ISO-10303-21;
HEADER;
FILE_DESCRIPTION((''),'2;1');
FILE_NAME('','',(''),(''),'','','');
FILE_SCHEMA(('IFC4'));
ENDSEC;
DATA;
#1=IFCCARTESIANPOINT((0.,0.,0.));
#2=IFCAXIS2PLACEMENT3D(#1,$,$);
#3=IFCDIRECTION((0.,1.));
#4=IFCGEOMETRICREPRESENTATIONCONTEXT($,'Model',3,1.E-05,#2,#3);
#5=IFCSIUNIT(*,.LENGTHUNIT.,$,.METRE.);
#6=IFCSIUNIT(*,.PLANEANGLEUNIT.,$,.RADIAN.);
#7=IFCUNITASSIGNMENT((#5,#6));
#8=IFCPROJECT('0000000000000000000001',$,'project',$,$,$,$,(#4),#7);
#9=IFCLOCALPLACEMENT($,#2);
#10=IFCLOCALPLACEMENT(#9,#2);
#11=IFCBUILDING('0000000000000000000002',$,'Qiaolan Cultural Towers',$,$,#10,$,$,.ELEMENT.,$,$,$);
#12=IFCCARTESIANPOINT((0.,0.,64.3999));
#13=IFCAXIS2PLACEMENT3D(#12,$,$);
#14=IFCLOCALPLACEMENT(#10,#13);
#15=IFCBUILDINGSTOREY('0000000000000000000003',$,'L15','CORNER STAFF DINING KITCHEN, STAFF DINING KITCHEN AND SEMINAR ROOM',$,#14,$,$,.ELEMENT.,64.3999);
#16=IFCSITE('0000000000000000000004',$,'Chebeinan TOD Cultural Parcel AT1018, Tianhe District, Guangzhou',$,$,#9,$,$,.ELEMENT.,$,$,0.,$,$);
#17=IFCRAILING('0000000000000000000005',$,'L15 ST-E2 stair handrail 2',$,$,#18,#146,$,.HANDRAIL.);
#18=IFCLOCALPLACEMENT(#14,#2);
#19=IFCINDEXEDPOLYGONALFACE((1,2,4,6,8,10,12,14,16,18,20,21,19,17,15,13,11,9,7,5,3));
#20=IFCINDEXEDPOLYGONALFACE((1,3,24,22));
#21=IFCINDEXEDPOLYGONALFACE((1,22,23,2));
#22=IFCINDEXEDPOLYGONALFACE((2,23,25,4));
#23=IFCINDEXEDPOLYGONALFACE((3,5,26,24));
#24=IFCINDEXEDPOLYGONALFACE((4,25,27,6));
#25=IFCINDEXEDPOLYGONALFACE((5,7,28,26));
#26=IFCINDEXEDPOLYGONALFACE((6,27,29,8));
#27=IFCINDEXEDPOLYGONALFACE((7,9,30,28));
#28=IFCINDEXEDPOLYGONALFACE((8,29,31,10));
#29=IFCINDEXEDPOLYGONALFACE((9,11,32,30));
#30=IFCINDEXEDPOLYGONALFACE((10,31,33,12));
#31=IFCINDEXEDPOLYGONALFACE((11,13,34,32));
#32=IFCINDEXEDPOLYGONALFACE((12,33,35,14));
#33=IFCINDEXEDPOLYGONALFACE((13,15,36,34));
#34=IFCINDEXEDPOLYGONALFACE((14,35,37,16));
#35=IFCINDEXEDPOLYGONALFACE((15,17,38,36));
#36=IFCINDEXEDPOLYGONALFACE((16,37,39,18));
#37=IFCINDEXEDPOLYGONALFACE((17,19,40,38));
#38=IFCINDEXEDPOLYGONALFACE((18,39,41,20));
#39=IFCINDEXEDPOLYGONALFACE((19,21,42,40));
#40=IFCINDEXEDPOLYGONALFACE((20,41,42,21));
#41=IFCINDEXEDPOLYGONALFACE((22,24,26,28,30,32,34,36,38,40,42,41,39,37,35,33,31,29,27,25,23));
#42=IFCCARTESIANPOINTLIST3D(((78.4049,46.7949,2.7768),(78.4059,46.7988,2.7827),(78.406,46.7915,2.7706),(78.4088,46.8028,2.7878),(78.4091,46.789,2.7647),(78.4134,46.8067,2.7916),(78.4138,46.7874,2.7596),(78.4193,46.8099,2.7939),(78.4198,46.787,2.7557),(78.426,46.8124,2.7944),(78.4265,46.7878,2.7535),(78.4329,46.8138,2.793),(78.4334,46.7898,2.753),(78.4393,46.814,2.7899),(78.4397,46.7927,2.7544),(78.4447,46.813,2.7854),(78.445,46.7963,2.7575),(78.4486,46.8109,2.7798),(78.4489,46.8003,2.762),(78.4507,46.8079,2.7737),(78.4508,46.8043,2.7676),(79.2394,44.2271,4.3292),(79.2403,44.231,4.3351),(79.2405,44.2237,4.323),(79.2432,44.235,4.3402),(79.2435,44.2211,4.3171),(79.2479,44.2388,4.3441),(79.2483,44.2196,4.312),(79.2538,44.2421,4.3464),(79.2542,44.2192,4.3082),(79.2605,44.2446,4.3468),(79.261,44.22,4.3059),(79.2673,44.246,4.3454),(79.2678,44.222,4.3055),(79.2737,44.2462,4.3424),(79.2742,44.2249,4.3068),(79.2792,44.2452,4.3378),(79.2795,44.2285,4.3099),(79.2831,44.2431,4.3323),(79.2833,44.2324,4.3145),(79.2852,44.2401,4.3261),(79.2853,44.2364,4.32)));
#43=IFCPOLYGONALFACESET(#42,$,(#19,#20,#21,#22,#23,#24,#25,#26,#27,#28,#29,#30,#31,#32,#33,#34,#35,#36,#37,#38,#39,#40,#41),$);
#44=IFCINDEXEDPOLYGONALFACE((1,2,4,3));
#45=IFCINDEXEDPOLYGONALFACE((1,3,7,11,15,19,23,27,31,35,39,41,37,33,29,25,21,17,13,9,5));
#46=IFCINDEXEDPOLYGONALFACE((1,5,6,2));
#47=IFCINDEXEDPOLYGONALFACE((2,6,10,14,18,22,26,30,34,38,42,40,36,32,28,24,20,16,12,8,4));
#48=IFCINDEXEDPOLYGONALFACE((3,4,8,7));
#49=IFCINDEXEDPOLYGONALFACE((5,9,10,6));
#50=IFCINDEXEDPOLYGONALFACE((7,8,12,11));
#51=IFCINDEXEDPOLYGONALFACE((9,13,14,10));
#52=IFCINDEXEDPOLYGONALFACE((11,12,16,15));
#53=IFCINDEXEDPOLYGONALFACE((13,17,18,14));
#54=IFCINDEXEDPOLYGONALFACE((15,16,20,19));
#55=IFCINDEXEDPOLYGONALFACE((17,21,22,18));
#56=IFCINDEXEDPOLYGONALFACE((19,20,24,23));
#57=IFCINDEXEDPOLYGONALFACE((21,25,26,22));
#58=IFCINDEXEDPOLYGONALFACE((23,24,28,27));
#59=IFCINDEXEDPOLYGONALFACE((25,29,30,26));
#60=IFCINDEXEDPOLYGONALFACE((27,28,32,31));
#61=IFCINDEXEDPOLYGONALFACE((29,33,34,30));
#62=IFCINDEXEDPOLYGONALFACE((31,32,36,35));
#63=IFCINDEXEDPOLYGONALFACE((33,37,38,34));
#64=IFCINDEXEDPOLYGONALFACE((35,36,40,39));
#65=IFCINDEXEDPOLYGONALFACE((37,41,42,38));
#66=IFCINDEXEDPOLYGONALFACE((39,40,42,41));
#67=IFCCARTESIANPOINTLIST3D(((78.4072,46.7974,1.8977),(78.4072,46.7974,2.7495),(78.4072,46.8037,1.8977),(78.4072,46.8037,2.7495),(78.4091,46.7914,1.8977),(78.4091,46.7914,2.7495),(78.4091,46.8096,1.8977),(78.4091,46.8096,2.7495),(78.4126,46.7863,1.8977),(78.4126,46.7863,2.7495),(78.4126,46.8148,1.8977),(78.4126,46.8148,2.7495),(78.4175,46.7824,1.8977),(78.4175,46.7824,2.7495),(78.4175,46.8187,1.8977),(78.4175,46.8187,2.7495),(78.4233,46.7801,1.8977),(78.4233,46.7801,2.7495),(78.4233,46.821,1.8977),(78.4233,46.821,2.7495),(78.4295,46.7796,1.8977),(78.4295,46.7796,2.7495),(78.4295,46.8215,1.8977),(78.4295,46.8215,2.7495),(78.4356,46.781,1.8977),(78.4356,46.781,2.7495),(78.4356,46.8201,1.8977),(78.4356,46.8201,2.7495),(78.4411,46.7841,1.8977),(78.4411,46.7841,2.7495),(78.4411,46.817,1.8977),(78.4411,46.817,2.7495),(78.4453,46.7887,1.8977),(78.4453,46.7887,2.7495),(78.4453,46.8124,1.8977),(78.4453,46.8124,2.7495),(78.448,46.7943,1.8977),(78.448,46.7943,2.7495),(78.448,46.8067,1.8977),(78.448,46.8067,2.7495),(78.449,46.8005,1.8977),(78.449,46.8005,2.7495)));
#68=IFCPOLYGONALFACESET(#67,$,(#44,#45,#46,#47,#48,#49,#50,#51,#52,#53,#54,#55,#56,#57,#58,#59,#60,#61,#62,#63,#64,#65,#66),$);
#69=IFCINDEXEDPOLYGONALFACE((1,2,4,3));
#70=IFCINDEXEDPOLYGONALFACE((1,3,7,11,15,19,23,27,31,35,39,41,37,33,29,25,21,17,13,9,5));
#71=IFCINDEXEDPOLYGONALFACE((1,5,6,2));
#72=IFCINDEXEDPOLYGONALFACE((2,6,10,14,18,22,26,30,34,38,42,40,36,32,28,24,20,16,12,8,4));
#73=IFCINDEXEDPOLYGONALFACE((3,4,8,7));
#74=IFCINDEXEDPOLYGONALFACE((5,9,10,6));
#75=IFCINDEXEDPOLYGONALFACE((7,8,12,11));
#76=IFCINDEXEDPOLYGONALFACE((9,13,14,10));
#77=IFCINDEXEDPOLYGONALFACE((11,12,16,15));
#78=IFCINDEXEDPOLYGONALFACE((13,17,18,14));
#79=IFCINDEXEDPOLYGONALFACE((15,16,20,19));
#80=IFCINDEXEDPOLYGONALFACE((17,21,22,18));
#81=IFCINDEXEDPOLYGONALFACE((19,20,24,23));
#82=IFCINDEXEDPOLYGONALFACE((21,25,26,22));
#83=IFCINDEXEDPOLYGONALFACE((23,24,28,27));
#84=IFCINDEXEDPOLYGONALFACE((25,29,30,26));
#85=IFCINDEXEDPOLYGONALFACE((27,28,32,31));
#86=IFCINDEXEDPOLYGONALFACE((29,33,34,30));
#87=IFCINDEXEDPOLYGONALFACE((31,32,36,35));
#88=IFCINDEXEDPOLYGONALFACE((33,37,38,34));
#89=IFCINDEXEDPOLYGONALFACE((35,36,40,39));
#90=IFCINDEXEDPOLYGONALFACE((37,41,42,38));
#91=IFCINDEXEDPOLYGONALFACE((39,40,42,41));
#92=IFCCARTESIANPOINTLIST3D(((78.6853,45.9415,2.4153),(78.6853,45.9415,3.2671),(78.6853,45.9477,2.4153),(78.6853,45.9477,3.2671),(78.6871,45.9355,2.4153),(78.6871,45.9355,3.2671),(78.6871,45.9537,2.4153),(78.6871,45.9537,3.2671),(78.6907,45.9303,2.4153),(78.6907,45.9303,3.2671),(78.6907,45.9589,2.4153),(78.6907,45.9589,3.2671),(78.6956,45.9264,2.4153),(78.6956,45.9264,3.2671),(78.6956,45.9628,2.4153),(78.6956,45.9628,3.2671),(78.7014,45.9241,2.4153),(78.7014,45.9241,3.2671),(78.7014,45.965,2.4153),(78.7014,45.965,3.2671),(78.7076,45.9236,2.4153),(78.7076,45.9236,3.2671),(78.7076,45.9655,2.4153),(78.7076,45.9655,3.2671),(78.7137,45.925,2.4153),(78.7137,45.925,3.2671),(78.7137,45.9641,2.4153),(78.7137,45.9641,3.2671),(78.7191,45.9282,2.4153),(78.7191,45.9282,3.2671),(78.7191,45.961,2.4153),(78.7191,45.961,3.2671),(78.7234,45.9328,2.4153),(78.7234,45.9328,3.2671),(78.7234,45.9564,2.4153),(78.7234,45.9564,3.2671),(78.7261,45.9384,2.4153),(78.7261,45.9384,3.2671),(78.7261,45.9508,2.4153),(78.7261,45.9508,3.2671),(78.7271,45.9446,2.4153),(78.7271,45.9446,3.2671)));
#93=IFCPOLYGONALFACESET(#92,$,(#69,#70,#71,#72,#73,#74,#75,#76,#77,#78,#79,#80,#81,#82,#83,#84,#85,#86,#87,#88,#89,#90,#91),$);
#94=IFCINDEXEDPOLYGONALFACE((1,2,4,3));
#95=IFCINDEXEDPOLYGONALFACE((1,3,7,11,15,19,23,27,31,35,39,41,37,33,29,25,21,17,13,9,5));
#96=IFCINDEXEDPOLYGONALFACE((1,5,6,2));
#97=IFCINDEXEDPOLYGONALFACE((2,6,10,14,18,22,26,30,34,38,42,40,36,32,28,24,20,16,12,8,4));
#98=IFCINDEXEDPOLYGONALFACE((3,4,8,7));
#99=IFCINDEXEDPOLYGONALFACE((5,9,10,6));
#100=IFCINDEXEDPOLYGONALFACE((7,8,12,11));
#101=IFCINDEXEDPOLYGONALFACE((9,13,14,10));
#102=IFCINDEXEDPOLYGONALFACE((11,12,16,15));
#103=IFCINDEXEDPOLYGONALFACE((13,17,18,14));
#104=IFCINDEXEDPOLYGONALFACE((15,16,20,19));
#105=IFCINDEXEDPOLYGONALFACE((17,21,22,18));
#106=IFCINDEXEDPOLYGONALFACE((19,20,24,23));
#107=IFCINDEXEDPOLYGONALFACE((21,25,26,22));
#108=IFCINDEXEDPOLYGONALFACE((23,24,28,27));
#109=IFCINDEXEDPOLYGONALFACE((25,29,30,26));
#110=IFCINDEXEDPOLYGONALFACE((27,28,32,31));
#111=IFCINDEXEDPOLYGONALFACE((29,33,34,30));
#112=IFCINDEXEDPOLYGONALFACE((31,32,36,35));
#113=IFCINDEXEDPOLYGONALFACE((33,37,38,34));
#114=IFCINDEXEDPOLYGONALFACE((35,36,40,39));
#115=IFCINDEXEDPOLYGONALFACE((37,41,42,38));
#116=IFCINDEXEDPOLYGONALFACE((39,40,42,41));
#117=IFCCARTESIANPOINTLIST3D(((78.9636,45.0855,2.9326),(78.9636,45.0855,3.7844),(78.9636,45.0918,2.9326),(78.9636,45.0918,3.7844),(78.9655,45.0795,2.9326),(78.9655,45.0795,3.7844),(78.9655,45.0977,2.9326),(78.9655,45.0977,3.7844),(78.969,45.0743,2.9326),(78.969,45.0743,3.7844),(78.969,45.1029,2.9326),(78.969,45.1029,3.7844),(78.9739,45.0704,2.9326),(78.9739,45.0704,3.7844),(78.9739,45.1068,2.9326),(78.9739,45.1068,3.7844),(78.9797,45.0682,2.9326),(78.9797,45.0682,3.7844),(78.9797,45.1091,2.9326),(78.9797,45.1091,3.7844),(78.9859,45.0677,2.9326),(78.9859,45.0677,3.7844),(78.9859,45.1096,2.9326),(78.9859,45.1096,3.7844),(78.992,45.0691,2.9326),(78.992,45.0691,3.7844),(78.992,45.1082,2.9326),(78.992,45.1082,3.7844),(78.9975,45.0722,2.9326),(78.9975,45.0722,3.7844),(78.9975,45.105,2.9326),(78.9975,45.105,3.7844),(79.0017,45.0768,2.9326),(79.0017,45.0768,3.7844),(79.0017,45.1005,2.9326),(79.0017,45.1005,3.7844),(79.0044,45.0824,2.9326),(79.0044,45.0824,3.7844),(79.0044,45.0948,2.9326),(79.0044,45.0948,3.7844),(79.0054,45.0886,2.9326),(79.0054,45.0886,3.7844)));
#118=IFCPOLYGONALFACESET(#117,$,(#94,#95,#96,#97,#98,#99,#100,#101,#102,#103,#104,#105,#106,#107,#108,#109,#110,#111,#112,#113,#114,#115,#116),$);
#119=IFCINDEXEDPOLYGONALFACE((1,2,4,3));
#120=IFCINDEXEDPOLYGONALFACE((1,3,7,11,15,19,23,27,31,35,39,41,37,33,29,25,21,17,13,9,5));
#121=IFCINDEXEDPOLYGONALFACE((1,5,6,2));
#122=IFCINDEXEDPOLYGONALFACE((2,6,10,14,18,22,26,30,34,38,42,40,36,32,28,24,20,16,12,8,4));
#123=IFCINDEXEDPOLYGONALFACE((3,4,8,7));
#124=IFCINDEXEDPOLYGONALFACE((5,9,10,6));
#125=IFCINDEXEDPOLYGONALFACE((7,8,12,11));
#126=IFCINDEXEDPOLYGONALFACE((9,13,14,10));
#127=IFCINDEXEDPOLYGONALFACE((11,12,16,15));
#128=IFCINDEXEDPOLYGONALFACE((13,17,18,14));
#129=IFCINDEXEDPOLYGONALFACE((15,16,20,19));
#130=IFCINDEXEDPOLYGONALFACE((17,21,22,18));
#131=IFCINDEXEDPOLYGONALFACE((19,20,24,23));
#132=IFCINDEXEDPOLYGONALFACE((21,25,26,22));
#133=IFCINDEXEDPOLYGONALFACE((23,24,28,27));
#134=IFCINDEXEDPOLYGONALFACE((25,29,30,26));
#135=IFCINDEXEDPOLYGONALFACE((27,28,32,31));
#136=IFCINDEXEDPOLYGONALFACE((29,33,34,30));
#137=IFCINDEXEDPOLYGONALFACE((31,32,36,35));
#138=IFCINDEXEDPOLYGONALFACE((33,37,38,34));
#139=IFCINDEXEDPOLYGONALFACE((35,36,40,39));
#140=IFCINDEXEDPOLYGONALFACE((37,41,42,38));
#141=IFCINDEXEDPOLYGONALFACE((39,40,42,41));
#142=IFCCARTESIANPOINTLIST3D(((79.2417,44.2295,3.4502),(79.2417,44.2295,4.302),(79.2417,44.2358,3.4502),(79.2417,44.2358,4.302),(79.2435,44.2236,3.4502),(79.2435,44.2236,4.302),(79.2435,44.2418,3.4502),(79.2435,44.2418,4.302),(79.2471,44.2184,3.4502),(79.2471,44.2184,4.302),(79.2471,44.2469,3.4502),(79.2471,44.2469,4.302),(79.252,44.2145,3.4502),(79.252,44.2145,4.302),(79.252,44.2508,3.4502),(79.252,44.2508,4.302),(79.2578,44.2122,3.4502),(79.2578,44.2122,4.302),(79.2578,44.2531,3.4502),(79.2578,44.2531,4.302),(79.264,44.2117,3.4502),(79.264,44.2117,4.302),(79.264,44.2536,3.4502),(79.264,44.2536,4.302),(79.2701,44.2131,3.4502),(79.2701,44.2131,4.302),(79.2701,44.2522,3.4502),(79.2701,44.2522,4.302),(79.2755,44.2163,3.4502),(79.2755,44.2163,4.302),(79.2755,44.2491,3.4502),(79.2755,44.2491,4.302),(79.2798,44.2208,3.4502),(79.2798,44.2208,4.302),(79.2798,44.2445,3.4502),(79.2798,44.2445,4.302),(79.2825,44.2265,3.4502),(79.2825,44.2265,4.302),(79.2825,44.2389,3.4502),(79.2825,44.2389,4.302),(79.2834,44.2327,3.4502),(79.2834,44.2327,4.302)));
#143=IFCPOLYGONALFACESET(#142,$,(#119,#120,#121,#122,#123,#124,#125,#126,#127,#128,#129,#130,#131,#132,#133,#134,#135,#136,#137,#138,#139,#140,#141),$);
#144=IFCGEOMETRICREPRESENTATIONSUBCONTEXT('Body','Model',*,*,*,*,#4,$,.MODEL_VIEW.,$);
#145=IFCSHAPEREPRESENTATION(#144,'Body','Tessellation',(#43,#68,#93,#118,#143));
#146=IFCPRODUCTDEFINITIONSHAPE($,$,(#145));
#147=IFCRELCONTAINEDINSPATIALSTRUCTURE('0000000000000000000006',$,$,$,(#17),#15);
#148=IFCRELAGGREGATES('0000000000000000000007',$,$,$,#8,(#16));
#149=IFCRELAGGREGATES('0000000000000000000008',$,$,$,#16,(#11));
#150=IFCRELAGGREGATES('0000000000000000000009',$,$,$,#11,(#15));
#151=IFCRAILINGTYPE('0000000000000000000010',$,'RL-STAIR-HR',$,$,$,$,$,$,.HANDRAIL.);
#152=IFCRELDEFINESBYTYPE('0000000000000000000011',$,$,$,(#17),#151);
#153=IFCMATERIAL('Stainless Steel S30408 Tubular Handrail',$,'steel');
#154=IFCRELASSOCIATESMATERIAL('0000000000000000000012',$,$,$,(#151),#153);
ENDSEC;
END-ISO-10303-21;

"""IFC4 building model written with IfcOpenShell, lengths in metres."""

from ifc_helpers import new_model, si_unit, direction, frame, origin, origin_2d, place, context, subcontext, project, spatial, circle, extrude, material, type_object, element, save


model = new_model("IFC4")

# Units and contexts
model_context = context("Model", 3, precision=1e-05, world=origin(), true_north=direction((0.0, 1.0)))
body_context = subcontext(model_context, "Body", "Model", "MODEL_VIEW")
ifc_project = project(units=[si_unit("LENGTHUNIT", "METRE"), si_unit("PLANEANGLEUNIT", "RADIAN")], contexts=[model_context])

# Site, building, storey
site_placement = place(None, origin())
site = spatial("IfcSite", under=ifc_project, at=site_placement, Name="Chebeinan TOD Cultural Parcel AT1018, Tianhe District, Guangzhou", CompositionType="ELEMENT", RefElevation=0.0)
building_placement = place(site_placement, origin())
building = spatial("IfcBuilding", under=site, at=building_placement, Name="Qiaolan Cultural Towers", CompositionType="ELEMENT")
storey_placement = place(building_placement, frame((0.0, 0.0, 64.3999)))
storey = spatial("IfcBuildingStorey", under=building, at=storey_placement, Name="L15", Description="CORNER STAFF DINING KITCHEN, STAFF DINING KITCHEN AND SEMINAR ROOM", CompositionType="ELEMENT", Elevation=64.3999)

# Railing
ifc_material_1 = material(Name="Stainless Steel S30408 Tubular Handrail", Category="steel")
railing_type_1 = type_object("IfcRailingType", Name="RL-STAIR-HR", PredefinedType="HANDRAIL", material=ifc_material_1)
railing_1_placement = place(storey_placement, frame((78.428, 46.8005, 1.8977)))
element("IfcRailing", 1, at=railing_1_placement, inside=storey, type_object=railing_type_1, Name="L15 ST-E2 stair handrail 2", PredefinedType="HANDRAIL", context=body_context, shape_type="SweptSolid", body=[
    extrude(circle(Radius=0.0239, at=origin_2d()), frame((0.0, 0.0, 0.876), z_axis=(0.267926, -0.824471, 0.498461), x_axis=(0.951043, 0.309057, 0.0)), (0.0, 0.0, 1.0), 3.1145),
    extrude(circle(Radius=0.021, at=origin_2d()), origin(), (0.0, 0.0, 1.0), 0.8518),
    extrude(circle(Radius=0.021, at=origin_2d()), frame((0.2781, -0.856, 0.5176)), (0.0, 0.0, 1.0), 0.8518),
    extrude(circle(Radius=0.021, at=origin_2d()), frame((0.5564, -1.7119, 1.0349)), (0.0, 0.0, 1.0), 0.8518),
    extrude(circle(Radius=0.021, at=origin_2d()), frame((0.8345, -2.5679, 1.5525)), (0.0, 0.0, 1.0), 0.8518),
])

save(model, "model.ifc")
